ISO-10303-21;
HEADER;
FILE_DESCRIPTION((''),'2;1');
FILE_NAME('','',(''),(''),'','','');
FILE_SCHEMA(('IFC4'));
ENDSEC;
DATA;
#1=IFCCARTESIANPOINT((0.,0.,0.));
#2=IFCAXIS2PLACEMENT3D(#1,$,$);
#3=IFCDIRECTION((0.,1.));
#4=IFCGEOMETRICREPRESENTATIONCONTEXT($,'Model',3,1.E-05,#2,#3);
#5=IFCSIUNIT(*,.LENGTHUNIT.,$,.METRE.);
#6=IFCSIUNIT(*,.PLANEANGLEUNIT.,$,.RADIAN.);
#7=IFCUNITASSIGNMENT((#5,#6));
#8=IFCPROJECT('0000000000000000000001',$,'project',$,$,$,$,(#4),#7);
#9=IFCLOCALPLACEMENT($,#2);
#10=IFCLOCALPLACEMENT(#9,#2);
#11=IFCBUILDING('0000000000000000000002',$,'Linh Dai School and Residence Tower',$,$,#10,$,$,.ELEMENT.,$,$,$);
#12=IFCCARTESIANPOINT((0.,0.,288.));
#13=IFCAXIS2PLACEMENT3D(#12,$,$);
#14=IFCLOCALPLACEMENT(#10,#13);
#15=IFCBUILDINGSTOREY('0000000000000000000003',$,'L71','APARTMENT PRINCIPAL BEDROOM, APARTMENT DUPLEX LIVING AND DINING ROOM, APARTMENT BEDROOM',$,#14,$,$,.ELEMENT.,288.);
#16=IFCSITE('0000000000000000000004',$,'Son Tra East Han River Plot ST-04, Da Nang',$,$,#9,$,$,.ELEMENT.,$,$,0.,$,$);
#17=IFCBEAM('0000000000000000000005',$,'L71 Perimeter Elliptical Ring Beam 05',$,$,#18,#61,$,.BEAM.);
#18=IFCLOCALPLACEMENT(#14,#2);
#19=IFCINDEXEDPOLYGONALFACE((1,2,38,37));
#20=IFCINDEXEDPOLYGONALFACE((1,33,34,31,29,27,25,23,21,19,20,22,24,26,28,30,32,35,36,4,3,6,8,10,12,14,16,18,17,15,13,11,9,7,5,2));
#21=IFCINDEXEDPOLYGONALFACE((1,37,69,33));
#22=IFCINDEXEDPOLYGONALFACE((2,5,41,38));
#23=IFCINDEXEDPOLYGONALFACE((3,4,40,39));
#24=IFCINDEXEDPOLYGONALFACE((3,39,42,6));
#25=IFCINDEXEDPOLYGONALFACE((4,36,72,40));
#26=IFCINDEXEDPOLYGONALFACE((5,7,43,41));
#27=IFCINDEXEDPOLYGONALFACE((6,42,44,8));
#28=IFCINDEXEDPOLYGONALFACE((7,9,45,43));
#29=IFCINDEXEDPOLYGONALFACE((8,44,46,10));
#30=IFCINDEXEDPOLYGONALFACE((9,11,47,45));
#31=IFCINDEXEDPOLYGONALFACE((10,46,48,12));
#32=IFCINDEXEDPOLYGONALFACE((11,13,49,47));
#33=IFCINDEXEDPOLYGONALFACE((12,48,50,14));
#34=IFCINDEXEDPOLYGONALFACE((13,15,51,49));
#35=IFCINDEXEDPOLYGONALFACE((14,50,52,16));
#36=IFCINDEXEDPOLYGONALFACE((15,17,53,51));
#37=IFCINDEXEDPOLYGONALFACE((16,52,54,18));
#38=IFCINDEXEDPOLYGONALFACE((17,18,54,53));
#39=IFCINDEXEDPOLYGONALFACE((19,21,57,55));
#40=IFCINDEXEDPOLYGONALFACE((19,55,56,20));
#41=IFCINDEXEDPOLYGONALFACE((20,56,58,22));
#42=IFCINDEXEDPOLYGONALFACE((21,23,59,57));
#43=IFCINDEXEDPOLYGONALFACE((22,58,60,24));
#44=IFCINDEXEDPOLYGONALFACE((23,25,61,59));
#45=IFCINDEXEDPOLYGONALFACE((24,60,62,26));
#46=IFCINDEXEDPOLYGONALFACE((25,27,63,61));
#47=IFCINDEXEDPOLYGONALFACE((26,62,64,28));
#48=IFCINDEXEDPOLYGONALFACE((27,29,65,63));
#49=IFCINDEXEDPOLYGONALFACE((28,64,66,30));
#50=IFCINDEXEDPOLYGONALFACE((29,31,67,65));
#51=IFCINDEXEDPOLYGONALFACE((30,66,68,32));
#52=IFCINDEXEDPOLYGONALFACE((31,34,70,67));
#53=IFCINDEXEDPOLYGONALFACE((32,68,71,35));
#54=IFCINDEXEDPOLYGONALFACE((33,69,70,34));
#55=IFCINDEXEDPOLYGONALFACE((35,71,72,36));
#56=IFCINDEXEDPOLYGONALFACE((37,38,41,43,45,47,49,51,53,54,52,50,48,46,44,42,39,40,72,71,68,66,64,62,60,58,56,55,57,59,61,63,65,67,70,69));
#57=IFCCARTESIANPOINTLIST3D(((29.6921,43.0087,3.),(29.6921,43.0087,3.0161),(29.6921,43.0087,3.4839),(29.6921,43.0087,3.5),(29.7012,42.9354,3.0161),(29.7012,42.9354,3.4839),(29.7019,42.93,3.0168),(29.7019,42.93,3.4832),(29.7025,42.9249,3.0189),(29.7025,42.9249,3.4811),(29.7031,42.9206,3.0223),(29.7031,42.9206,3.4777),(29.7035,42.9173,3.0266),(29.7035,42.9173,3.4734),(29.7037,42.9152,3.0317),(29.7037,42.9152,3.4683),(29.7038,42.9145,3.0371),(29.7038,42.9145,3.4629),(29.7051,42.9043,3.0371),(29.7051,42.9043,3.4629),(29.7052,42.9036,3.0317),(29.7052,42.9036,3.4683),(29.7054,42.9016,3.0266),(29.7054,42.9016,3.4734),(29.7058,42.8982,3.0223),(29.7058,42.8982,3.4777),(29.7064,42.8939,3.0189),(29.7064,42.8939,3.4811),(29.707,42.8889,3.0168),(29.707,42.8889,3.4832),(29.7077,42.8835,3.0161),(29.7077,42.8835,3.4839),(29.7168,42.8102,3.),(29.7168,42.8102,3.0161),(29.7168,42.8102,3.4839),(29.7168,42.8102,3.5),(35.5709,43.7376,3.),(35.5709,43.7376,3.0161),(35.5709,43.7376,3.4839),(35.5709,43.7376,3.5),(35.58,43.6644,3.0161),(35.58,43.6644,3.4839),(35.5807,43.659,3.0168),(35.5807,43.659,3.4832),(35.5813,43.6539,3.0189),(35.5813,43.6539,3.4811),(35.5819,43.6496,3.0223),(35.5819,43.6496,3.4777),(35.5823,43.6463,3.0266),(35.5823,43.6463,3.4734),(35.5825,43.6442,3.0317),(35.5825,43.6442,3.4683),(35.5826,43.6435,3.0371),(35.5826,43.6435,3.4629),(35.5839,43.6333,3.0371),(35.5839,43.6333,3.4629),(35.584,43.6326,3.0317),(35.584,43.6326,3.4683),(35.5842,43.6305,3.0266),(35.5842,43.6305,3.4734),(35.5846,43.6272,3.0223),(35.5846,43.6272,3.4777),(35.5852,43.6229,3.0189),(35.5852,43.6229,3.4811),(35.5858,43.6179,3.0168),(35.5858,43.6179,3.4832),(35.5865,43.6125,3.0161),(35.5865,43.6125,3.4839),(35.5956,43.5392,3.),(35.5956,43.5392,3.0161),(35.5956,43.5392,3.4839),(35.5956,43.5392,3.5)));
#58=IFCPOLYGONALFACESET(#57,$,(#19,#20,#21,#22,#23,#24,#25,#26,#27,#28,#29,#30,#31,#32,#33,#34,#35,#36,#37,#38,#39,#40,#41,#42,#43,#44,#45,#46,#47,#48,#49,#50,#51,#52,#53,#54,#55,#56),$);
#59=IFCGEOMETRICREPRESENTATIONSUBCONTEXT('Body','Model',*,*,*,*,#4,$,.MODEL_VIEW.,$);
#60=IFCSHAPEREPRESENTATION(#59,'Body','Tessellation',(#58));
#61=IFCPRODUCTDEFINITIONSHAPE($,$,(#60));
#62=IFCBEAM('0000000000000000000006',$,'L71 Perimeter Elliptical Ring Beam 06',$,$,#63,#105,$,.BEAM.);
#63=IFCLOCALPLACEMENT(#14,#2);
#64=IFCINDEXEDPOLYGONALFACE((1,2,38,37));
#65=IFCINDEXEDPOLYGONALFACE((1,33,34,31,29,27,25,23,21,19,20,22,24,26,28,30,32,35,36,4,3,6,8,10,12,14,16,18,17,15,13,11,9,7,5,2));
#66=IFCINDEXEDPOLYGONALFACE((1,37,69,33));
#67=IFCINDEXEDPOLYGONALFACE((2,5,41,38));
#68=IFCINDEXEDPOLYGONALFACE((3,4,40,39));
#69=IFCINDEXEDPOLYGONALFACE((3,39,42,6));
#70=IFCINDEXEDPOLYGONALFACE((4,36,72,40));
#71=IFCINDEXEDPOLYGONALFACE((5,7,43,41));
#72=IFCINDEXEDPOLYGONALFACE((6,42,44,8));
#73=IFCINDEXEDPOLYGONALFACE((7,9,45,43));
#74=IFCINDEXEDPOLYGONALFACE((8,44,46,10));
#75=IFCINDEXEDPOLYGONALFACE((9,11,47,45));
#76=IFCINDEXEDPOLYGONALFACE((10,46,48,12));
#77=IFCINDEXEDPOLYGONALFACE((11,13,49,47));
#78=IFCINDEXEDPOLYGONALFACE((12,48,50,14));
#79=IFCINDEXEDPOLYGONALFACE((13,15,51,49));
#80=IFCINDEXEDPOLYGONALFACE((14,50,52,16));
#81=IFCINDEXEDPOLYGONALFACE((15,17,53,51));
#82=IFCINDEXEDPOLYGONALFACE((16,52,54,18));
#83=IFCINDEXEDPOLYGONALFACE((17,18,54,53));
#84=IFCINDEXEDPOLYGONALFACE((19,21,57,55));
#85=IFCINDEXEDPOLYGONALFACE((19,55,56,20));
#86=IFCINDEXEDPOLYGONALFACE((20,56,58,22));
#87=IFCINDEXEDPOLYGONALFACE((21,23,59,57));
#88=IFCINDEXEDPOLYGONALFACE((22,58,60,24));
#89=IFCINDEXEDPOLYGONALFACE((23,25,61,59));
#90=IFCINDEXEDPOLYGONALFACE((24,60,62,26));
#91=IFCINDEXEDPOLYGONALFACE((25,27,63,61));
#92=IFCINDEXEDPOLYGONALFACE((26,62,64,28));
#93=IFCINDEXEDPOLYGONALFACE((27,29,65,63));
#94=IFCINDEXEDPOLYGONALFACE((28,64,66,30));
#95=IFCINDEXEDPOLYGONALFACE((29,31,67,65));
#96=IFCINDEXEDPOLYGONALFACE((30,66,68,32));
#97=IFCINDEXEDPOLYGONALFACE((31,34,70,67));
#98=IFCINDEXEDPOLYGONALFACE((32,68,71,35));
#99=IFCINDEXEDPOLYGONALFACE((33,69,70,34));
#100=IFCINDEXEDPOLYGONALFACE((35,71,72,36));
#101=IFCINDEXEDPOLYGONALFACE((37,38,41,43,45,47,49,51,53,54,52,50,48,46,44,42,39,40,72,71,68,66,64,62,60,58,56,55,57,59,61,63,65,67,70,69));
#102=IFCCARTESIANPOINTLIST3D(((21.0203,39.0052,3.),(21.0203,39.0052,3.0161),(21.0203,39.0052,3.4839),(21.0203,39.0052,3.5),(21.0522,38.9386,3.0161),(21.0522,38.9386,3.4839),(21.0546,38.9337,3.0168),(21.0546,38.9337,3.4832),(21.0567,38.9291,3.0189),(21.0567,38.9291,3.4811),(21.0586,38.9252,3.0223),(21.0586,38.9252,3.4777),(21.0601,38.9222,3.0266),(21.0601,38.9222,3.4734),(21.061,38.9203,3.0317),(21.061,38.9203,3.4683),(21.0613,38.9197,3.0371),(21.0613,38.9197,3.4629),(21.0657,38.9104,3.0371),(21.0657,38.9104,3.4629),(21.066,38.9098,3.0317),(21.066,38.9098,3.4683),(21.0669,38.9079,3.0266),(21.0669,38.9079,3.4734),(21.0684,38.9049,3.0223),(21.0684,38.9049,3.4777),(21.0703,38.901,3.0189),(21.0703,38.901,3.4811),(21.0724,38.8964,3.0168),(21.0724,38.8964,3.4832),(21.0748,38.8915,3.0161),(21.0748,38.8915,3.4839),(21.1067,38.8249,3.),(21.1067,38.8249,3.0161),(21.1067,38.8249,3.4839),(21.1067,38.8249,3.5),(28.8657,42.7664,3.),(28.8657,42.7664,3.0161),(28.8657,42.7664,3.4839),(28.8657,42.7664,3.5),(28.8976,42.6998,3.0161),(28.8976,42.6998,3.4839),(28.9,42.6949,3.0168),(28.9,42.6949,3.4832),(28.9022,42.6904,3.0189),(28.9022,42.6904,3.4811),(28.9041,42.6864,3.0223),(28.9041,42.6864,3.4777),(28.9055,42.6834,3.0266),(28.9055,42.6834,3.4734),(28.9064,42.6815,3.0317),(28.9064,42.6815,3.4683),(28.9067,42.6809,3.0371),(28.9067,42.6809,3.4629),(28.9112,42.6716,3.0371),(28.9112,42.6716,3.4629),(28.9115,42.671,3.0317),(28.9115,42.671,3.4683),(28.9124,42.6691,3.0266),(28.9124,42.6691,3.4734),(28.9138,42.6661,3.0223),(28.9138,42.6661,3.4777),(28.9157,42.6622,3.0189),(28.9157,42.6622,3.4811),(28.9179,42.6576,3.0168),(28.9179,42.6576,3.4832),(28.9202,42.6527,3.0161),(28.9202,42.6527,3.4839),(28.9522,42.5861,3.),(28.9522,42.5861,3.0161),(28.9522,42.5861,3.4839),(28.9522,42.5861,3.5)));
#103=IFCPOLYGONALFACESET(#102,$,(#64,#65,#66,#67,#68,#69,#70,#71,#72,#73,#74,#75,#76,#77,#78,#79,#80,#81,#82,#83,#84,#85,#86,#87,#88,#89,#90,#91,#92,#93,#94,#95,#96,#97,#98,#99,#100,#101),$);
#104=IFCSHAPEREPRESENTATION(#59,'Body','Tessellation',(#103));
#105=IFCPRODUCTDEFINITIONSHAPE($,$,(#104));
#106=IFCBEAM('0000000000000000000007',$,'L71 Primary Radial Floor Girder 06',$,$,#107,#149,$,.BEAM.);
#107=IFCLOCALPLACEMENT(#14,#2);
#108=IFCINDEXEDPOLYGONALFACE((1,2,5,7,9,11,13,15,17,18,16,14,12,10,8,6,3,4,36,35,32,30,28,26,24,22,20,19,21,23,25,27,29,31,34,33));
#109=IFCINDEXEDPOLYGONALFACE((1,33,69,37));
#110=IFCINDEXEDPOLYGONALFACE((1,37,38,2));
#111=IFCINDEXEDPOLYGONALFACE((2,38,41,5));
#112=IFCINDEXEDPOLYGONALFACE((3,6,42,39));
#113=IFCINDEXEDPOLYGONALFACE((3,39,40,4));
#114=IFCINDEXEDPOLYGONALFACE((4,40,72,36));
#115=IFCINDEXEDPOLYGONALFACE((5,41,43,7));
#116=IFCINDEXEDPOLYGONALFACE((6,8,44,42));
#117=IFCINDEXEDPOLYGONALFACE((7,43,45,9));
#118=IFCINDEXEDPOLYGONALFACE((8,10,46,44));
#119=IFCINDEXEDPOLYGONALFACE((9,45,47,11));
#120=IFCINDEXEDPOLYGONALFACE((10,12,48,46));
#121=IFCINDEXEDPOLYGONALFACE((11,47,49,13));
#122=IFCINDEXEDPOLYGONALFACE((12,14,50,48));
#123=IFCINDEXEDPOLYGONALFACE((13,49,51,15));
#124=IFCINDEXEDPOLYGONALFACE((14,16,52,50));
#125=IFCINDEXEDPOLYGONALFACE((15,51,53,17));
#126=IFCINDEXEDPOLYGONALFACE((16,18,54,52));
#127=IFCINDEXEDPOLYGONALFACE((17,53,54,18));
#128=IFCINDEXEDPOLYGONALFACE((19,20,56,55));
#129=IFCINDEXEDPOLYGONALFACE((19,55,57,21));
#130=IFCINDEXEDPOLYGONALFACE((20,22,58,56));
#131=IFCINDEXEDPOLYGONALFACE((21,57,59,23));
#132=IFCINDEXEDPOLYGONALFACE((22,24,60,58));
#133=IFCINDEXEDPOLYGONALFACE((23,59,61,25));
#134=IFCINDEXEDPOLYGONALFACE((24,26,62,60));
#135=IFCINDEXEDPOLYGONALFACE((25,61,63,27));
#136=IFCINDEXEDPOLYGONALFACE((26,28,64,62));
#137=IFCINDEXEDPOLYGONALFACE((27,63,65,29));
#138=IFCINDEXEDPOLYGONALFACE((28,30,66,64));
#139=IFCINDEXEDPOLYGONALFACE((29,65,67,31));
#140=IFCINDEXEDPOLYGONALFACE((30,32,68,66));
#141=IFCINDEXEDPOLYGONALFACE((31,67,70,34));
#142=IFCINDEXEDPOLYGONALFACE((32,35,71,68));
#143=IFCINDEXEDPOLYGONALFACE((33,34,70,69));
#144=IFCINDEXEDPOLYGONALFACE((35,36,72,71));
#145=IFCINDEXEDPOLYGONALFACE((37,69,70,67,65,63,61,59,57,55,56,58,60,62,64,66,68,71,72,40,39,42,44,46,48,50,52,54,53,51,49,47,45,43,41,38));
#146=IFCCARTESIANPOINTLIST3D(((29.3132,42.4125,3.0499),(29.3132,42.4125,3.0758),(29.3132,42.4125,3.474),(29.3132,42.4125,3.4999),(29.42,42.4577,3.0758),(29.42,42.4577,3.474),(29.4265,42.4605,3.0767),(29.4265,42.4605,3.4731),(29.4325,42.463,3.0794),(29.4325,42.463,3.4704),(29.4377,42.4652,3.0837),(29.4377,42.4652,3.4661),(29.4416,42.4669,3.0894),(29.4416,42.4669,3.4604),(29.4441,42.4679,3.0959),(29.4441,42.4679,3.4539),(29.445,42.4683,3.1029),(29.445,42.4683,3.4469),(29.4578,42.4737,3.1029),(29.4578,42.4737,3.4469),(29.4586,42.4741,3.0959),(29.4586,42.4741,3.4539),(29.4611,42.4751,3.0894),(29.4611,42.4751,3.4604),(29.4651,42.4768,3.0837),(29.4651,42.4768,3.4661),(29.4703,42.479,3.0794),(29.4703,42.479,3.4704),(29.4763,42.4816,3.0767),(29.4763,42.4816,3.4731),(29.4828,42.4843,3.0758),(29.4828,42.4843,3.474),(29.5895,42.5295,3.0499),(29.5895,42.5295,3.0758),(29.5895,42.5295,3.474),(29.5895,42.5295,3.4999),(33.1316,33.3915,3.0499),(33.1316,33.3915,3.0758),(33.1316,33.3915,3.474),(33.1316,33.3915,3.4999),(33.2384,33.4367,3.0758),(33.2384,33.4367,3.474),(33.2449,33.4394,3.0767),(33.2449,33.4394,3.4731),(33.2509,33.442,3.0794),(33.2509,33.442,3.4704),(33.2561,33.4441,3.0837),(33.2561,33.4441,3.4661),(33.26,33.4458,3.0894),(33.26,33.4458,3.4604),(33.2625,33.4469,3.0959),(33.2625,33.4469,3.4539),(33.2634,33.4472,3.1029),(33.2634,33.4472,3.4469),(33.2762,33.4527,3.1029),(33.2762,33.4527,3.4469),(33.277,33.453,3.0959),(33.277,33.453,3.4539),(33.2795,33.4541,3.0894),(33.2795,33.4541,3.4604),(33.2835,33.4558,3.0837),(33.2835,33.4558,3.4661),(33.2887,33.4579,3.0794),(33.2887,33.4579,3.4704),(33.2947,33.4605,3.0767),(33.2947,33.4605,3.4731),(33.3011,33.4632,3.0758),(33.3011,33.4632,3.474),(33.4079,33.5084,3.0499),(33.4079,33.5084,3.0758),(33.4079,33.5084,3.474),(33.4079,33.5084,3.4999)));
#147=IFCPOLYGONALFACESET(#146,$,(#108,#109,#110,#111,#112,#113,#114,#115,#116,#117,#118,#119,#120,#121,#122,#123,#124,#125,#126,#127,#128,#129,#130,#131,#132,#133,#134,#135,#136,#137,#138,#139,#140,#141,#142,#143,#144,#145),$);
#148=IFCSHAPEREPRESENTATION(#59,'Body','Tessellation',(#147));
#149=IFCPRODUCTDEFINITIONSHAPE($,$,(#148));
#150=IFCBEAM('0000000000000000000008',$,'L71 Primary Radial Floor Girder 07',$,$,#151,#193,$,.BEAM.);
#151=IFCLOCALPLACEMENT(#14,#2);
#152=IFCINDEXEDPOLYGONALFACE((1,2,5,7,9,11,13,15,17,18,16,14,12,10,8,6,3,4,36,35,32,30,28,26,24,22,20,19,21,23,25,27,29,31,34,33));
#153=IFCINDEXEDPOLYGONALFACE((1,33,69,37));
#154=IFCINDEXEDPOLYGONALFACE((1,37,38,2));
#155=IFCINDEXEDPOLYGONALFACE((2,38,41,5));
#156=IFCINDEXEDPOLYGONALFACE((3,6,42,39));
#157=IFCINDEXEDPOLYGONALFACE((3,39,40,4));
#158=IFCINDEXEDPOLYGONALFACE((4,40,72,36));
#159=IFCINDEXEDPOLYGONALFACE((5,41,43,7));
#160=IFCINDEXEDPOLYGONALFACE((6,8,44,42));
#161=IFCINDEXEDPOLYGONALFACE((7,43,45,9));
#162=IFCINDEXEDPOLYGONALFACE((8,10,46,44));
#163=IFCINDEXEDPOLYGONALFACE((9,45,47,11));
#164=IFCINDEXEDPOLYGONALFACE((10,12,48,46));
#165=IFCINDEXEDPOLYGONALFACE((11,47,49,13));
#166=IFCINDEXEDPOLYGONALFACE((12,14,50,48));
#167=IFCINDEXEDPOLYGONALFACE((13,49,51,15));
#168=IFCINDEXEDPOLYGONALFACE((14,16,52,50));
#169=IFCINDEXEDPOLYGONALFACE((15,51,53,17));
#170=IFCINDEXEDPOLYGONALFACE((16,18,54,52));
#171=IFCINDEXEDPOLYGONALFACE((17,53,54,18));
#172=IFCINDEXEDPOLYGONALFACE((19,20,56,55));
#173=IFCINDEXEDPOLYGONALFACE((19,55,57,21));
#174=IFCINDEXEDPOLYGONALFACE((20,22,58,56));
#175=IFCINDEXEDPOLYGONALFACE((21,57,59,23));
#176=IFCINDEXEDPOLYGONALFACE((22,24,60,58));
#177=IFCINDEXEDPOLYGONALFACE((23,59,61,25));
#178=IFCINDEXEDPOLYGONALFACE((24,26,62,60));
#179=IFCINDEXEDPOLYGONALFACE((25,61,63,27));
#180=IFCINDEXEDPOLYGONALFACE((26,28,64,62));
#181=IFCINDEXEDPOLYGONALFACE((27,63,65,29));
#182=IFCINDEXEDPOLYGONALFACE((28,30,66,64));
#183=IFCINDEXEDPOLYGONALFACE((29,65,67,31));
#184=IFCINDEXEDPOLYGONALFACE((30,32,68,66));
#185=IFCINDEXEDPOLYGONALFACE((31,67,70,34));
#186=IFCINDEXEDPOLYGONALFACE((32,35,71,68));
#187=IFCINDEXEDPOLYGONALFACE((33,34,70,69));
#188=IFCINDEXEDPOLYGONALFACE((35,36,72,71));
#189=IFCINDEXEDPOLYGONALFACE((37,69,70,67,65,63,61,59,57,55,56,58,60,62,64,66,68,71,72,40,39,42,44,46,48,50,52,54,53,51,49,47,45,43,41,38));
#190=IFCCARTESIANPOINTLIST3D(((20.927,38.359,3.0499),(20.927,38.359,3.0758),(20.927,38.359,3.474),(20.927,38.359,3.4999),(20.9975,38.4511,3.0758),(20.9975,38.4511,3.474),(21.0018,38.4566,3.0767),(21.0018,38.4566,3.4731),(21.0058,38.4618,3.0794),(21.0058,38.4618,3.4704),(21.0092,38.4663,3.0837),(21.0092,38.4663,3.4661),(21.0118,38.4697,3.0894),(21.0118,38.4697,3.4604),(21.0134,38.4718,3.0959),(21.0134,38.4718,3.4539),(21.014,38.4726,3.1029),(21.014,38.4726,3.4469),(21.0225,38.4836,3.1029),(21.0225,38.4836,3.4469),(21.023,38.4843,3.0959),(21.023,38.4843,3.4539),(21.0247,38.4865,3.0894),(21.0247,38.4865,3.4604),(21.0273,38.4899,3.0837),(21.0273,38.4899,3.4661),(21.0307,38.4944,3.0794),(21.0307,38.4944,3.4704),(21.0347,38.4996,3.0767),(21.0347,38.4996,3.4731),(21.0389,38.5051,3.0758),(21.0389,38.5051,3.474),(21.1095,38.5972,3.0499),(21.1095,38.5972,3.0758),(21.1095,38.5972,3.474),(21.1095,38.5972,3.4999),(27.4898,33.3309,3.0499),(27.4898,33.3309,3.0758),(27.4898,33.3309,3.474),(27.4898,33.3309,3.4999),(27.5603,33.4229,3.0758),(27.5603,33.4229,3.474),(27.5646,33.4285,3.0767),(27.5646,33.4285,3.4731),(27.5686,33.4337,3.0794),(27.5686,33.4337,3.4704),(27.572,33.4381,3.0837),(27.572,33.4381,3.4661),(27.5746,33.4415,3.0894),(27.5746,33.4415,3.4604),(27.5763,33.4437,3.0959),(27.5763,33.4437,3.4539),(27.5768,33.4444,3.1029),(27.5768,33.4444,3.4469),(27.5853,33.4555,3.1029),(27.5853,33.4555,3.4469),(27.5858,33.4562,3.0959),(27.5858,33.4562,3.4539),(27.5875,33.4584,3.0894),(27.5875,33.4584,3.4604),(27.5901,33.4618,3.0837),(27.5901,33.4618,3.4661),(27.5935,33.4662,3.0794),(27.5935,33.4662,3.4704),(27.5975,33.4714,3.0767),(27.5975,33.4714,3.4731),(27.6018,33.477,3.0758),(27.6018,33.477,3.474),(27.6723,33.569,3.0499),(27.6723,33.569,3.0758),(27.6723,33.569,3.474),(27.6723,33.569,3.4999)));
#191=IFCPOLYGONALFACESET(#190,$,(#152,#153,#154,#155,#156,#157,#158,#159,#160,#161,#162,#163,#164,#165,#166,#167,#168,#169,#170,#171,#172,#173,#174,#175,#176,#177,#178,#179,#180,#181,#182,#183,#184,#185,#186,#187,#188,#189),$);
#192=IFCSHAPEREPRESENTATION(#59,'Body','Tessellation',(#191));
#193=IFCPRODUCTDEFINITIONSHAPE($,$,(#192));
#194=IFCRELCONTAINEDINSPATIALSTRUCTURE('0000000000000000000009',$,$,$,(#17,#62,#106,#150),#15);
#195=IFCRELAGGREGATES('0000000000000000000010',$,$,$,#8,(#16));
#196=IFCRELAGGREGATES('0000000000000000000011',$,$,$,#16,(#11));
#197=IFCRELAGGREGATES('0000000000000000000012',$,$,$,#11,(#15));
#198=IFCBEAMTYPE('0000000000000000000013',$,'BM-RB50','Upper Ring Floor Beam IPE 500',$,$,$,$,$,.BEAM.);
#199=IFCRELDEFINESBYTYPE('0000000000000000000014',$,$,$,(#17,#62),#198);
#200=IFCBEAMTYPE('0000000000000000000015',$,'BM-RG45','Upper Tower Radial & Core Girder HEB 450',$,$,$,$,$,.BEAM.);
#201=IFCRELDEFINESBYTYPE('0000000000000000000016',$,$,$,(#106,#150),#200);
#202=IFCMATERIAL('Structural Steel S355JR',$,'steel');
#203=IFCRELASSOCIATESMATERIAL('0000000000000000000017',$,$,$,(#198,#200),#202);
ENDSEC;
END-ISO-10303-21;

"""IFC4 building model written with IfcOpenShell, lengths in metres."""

from ifc_helpers import new_model, si_unit, direction, frame, origin, origin_2d, place, context, subcontext, project, spatial, i_section, extrude, material, material_profile, profile_set, type_object, element, save


model = new_model("IFC4")

# Units and contexts
model_context = context("Model", 3, precision=1e-05, world=origin(), true_north=direction((0.0, 1.0)))
body_context = subcontext(model_context, "Body", "Model", "MODEL_VIEW")
ifc_project = project(units=[si_unit("LENGTHUNIT", "METRE"), si_unit("PLANEANGLEUNIT", "RADIAN")], contexts=[model_context])

# Site, building, storey
site_placement = place(None, origin())
site = spatial("IfcSite", under=ifc_project, at=site_placement, Name="Son Tra East Han River Plot ST-04, Da Nang", CompositionType="ELEMENT", RefElevation=0.0)
building_placement = place(site_placement, origin())
building = spatial("IfcBuilding", under=site, at=building_placement, Name="Linh Dai School and Residence Tower", CompositionType="ELEMENT")
storey_placement = place(building_placement, frame((0.0, 0.0, 288.0)))
storey = spatial("IfcBuildingStorey", under=building, at=storey_placement, Name="L71", Description="APARTMENT PRINCIPAL BEDROOM, APARTMENT DUPLEX LIVING AND DINING ROOM, APARTMENT BEDROOM", CompositionType="ELEMENT", Elevation=288.0)

# Shared definitions
ifc_material_1 = material(Name="Structural Steel S355JR", Category="steel")

# Beams
ifc_material_profile_1 = material_profile(ifc_material_1, i_section(OverallWidth=0.2, OverallDepth=0.5, WebThickness=0.0103, FlangeThickness=0.0161, FilletRadius=0.021, at=origin_2d()), Name="IPE 500")
ifc_profile_set_1 = profile_set([ifc_material_profile_1], Name="Structural Steel S355JR")
beam_type_1 = type_object("IfcBeamType", Name="BM-RB50", Description="Upper Ring Floor Beam IPE 500", PredefinedType="BEAM", material=ifc_profile_set_1)
beam_1_placement = place(storey_placement, frame((35.5833, 43.6384, 3.25), z_axis=(-0.992399, -0.123061, 0.0), x_axis=(0.123061, -0.992399, 0.0)))
element("IfcBeam", 1, at=beam_1_placement, inside=storey, type_object=beam_type_1, Name="L71 Perimeter Elliptical Ring Beam 05", PredefinedType="BEAM", context=body_context, shape_type="SweptSolid", body=[
    extrude(i_section(OverallWidth=0.2, OverallDepth=0.5, WebThickness=0.0103, FlangeThickness=0.0161, FilletRadius=0.021, at=origin_2d()), origin(), (0.0, 0.0, 1.0), 5.9238),
])
beam_2_placement = place(storey_placement, frame((28.9089, 42.6763, 3.25), z_axis=(-0.901729, -0.432302, 0.0), x_axis=(0.432302, -0.901729, 0.0)))
element("IfcBeam", 2, at=beam_2_placement, inside=storey, type_object=beam_type_1, Name="L71 Perimeter Elliptical Ring Beam 06", PredefinedType="BEAM", context=body_context, shape_type="SweptSolid", body=[
    extrude(i_section(OverallWidth=0.2, OverallDepth=0.5, WebThickness=0.0103, FlangeThickness=0.0161, FilletRadius=0.021, at=origin_2d()), origin(), (0.0, 0.0, 1.0), 8.7004),
])
ifc_material_profile_2 = material_profile(ifc_material_1, i_section(OverallWidth=0.3, OverallDepth=0.45, WebThickness=0.0139, FlangeThickness=0.0259, FilletRadius=0.0271, at=origin_2d()), Name="HEB 450")
ifc_profile_set_2 = profile_set([ifc_material_profile_2], Name="Structural Steel S355JR")
beam_type_2 = type_object("IfcBeamType", Name="BM-RG45", Description="Upper Tower Radial & Core Girder HEB 450", PredefinedType="BEAM", material=ifc_profile_set_2)
beam_3_placement = place(storey_placement, frame((33.2698, 33.45, 3.2749), z_axis=(-0.389794, 0.920902, 0.0), x_axis=(-0.920902, -0.389794, 0.0)))
element("IfcBeam", 3, at=beam_3_placement, inside=storey, type_object=beam_type_2, Name="L71 Primary Radial Floor Girder 06", PredefinedType="BEAM", context=body_context, shape_type="SweptSolid", body=[
    extrude(i_section(OverallWidth=0.3, OverallDepth=0.45, WebThickness=0.0139, FlangeThickness=0.0259, FilletRadius=0.0271, at=origin_2d()), origin(), (0.0, 0.0, 1.0), 9.7959),
])
beam_4_placement = place(storey_placement, frame((27.5811, 33.45, 3.2749), z_axis=(-0.793803, 0.608175, 0.0), x_axis=(-0.608175, -0.793803, 0.0)))
element("IfcBeam", 4, at=beam_4_placement, inside=storey, type_object=beam_type_2, Name="L71 Primary Radial Floor Girder 07", PredefinedType="BEAM", context=body_context, shape_type="SweptSolid", body=[
    extrude(i_section(OverallWidth=0.3, OverallDepth=0.45, WebThickness=0.0139, FlangeThickness=0.0259, FilletRadius=0.0271, at=origin_2d()), origin(), (0.0, 0.0, 1.0), 8.2676),
])

save(model, "model.ifc")
